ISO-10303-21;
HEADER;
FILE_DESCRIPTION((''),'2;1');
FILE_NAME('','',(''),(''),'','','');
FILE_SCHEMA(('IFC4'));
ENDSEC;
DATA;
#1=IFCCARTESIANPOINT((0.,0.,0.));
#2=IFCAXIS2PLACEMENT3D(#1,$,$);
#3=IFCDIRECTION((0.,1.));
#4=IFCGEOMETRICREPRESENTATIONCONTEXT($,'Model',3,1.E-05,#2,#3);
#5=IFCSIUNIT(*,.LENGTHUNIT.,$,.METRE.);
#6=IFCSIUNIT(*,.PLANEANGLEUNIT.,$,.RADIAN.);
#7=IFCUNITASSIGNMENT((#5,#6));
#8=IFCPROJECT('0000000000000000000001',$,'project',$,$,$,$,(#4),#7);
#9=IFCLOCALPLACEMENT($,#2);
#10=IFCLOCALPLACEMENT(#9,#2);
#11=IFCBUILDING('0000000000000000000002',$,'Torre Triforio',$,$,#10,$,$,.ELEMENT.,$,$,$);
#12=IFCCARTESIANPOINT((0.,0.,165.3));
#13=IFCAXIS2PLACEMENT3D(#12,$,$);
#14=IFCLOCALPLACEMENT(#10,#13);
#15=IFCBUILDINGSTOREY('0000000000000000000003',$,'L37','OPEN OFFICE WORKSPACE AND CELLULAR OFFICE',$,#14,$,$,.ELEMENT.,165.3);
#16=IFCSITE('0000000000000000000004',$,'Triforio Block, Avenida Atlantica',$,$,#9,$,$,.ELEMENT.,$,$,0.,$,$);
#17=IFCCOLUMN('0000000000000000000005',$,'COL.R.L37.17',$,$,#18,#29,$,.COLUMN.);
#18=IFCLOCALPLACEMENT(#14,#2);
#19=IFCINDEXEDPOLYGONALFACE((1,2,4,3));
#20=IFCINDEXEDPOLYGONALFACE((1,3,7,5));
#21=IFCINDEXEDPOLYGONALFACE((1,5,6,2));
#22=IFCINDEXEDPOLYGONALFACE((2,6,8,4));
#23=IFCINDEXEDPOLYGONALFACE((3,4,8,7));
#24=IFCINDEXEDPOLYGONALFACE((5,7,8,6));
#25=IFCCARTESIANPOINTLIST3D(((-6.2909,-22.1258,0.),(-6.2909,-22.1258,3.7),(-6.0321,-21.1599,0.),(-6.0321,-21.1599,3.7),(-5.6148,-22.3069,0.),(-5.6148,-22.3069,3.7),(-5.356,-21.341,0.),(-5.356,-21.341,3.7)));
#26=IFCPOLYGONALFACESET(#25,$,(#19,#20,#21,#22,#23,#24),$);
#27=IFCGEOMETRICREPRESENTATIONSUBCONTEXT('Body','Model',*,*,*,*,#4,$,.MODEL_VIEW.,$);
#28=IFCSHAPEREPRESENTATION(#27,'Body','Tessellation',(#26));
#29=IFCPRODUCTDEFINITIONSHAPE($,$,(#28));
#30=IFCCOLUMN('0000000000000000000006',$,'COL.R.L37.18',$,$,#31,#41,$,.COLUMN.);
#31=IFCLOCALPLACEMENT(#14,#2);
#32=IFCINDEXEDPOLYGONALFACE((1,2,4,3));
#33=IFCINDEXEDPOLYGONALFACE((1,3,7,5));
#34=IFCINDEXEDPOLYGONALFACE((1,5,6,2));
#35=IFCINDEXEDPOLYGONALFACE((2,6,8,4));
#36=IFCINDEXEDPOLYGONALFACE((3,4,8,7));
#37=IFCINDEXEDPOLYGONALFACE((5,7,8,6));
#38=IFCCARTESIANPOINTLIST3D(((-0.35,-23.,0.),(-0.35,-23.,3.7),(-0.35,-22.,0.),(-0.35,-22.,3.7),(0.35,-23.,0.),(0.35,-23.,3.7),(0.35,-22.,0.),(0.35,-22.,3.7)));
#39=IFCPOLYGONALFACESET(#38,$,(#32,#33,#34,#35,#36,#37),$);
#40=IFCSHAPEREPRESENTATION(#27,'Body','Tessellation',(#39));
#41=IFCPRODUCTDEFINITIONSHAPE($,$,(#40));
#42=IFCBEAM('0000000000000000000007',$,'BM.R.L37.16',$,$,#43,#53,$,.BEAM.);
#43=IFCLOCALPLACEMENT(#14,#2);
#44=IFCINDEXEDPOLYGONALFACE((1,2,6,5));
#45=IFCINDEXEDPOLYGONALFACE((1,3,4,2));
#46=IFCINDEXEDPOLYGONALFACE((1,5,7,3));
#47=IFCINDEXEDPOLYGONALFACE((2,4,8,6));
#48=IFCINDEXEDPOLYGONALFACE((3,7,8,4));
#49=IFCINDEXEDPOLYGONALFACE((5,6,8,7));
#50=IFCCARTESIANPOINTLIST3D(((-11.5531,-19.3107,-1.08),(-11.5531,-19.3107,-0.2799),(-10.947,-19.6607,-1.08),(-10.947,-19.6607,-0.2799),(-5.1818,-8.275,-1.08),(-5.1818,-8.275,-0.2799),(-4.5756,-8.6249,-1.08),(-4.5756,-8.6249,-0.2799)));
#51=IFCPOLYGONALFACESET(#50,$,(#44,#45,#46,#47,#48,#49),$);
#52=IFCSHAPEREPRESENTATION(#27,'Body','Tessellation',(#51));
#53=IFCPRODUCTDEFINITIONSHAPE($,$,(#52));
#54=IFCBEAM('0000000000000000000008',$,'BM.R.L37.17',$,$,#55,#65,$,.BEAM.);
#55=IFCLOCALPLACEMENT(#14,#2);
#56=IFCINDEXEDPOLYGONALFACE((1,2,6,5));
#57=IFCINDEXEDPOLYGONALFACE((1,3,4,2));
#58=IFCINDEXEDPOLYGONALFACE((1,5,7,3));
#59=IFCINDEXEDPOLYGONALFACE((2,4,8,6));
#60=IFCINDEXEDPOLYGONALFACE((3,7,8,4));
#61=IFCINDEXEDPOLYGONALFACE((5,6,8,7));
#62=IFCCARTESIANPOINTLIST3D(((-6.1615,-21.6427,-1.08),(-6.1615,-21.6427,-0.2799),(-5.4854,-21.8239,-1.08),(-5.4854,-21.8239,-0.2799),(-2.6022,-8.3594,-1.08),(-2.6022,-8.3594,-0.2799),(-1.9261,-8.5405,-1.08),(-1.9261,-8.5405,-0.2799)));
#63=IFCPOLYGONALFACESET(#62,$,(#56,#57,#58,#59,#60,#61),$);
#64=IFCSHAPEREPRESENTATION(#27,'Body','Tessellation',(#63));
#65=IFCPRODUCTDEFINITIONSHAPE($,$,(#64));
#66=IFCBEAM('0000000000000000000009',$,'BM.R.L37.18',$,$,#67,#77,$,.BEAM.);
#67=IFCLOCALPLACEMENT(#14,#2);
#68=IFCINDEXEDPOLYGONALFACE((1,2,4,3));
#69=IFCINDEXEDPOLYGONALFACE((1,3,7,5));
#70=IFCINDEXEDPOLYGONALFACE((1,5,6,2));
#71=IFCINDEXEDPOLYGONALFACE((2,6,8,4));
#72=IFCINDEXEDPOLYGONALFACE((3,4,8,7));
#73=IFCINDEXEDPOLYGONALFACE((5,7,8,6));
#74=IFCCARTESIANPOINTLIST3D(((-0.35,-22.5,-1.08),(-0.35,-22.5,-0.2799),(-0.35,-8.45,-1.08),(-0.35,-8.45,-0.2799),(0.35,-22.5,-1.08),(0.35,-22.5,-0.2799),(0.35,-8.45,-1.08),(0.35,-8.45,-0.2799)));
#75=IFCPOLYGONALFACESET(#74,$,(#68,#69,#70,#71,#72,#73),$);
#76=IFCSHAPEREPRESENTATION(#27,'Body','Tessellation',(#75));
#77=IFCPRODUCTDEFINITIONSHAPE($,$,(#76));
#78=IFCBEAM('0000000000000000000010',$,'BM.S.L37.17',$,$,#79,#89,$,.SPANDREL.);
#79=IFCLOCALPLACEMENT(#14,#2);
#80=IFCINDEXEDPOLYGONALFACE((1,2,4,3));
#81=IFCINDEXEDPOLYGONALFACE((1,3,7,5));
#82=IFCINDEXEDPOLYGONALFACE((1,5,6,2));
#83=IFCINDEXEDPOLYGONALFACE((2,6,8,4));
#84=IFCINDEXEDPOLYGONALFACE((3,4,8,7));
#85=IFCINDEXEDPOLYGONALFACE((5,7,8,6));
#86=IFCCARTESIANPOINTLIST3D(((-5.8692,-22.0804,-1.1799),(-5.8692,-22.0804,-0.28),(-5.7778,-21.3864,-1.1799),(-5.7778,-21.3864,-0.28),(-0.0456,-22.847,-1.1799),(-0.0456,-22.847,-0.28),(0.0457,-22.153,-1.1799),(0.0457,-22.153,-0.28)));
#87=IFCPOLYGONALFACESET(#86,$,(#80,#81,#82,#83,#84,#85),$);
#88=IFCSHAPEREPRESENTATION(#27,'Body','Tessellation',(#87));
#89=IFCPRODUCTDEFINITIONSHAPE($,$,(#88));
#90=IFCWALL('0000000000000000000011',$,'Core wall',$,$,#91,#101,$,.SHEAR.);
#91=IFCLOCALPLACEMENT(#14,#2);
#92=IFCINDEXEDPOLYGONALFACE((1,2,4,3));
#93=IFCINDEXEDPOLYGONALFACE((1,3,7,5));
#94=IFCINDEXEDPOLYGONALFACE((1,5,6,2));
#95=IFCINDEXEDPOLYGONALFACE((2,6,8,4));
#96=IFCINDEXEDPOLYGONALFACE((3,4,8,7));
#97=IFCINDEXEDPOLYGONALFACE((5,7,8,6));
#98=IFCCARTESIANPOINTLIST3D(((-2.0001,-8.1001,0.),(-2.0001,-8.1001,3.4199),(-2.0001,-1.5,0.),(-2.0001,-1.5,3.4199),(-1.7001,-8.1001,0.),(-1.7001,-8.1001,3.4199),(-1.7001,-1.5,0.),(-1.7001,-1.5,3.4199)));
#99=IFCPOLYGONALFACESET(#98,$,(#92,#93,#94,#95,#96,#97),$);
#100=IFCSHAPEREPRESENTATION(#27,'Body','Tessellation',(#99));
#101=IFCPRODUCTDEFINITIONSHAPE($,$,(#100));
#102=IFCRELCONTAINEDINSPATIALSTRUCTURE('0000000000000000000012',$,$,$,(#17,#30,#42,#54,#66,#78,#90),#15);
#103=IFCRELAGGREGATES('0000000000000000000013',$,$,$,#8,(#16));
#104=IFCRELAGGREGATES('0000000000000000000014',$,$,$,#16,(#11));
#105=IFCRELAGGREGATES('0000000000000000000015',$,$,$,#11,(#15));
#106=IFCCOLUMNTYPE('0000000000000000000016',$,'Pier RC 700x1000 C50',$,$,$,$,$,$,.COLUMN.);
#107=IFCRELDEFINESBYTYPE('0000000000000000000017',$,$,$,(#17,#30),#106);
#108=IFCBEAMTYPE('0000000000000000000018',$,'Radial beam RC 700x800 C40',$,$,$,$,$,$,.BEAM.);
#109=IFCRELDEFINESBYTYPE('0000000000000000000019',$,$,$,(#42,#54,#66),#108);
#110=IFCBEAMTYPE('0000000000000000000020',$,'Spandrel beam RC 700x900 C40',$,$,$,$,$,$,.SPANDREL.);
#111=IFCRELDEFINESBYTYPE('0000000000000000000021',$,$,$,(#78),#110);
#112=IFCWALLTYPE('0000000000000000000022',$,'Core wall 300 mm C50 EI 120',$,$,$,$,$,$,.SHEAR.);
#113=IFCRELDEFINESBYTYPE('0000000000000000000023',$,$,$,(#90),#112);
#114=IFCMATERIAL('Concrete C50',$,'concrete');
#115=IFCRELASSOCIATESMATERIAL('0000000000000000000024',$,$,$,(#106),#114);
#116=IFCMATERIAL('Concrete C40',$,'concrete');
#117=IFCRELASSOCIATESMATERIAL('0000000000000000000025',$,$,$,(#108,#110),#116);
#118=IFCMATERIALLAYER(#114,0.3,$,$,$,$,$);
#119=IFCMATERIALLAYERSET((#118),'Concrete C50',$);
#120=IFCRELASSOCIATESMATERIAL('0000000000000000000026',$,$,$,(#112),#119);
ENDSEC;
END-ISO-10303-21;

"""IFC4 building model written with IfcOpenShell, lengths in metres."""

from ifc_helpers import new_model, si_unit, direction, frame, frame_2d, origin, origin_2d, place, context, subcontext, project, spatial, rectangle, extrude, material, layer, layer_set, material_profile, profile_set, type_object, element, save


model = new_model("IFC4")

# Units and contexts
model_context = context("Model", 3, precision=1e-05, world=origin(), true_north=direction((0.0, 1.0)))
body_context = subcontext(model_context, "Body", "Model", "MODEL_VIEW")
ifc_project = project(units=[si_unit("LENGTHUNIT", "METRE"), si_unit("PLANEANGLEUNIT", "RADIAN")], contexts=[model_context])

# Site, building, storey
site_placement = place(None, origin())
site = spatial("IfcSite", under=ifc_project, at=site_placement, Name="Triforio Block, Avenida Atlantica", CompositionType="ELEMENT", RefElevation=0.0)
building_placement = place(site_placement, origin())
building = spatial("IfcBuilding", under=site, at=building_placement, Name="Torre Triforio", CompositionType="ELEMENT")
storey_placement = place(building_placement, frame((0.0, 0.0, 165.3)))
storey = spatial("IfcBuildingStorey", under=building, at=storey_placement, Name="L37", Description="OPEN OFFICE WORKSPACE AND CELLULAR OFFICE", CompositionType="ELEMENT", Elevation=165.3)

# Columns
ifc_material_1 = material(Name="Concrete C50", Category="concrete")
ifc_material_profile_1 = material_profile(ifc_material_1, rectangle(XDim=0.7, YDim=1.0, at=origin_2d()), Name="RC 700x1000")
ifc_profile_set_1 = profile_set([ifc_material_profile_1], Name="Concrete C50")
column_type = type_object("IfcColumnType", Name="Pier RC 700x1000 C50", PredefinedType="COLUMN", material=ifc_profile_set_1)
for number, where, z_axis, x_axis, name in (
    (1, (-5.8235, -21.7334, 0.0), (0.0, 0.0, 1.0), (0.965926, -0.258819, 0.0), "COL.R.L37.17"),
    (2, (0.0, -22.5, 0.0), (0.0, 0.0, 1.0), (1.0, 0.0, 0.0), "COL.R.L37.18"),
):
    element("IfcColumn", number, at=place(storey_placement, frame(where, z_axis=z_axis, x_axis=x_axis)), inside=storey, type_object=column_type, Name=name, PredefinedType="COLUMN", context=body_context, shape_type="SweptSolid", body=[
        extrude(rectangle(XDim=0.7, YDim=1.0, at=origin_2d()), origin(), (0.0, 0.0, 1.0), 3.7),
    ])

# Beams
ifc_material_2 = material(Name="Concrete C40", Category="concrete")
ifc_material_profile_2 = material_profile(ifc_material_2, rectangle(XDim=0.7, YDim=0.8, at=origin_2d()), Name="RC 700x800")
ifc_profile_set_2 = profile_set([ifc_material_profile_2], Name="Concrete C40")
beam_type_1 = type_object("IfcBeamType", Name="Radial beam RC 700x800 C40", PredefinedType="BEAM", material=ifc_profile_set_2)
beam_1_placement = place(storey_placement, frame((-4.8787, -8.45, -0.6799), z_axis=(-0.499994, -0.866029, 0.0), x_axis=(0.866029, -0.499994, 0.0)))
element("IfcBeam", 3, at=beam_1_placement, inside=storey, type_object=beam_type_1, Name="BM.R.L37.16", PredefinedType="BEAM", context=body_context, shape_type="SweptSolid", body=[
    extrude(rectangle(XDim=0.7, YDim=0.8, at=origin_2d()), origin(), (0.0, 0.0, 1.0), 12.7429),
])
beam_2_placement = place(storey_placement, frame((-2.2642, -8.45, -0.6799), z_axis=(-0.258822, -0.965925, 0.0), x_axis=(0.965925, -0.258822, 0.0)))
element("IfcBeam", 4, at=beam_2_placement, inside=storey, type_object=beam_type_1, Name="BM.R.L37.17", PredefinedType="BEAM", context=body_context, shape_type="SweptSolid", body=[
    extrude(rectangle(XDim=0.7, YDim=0.8, at=origin_2d()), origin(), (0.0, 0.0, 1.0), 13.752),
])
beam_3_placement = place(storey_placement, frame((0.0, -8.45, -0.6799), z_axis=(0.0, -1.0, 0.0), x_axis=(1.0, 0.0, 0.0)))
element("IfcBeam", 5, at=beam_3_placement, inside=storey, type_object=beam_type_1, Name="BM.R.L37.18", PredefinedType="BEAM", context=body_context, shape_type="SweptSolid", body=[
    extrude(rectangle(XDim=0.7, YDim=0.8, at=origin_2d()), origin(), (0.0, 0.0, 1.0), 14.05),
])
ifc_material_profile_3 = material_profile(ifc_material_2, rectangle(XDim=0.7, YDim=0.8999, at=origin_2d()), Name="RC 700x900")
ifc_profile_set_3 = profile_set([ifc_material_profile_3], Name="Concrete C40")
beam_type_2 = type_object("IfcBeamType", Name="Spandrel beam RC 700x900 C40", PredefinedType="SPANDREL", material=ifc_profile_set_3)
beam_4_placement = place(storey_placement, frame((-5.8235, -21.7334, -0.73), z_axis=(0.991447, -0.130514, 0.0), x_axis=(0.130514, 0.991447, 0.0)))
element("IfcBeam", 6, at=beam_4_placement, inside=storey, type_object=beam_type_2, Name="BM.S.L37.17", PredefinedType="SPANDREL", context=body_context, shape_type="SweptSolid", body=[
    extrude(rectangle(XDim=0.7, YDim=0.8999, at=origin_2d()), origin(), (0.0, 0.0, 1.0), 5.8738),
])

# Wall
ifc_layer_1 = layer(ifc_material_1, 0.3)
ifc_layer_set_1 = layer_set([ifc_layer_1], Name="Concrete C50")
wall_type_1 = type_object("IfcWallType", Name="Core wall 300 mm C50 EI 120", PredefinedType="SHEAR", material=ifc_layer_set_1)
wall_1_placement = place(storey_placement, frame((-1.8501, -8.1001, 0.0), z_axis=(0.0, 0.0, 1.0), x_axis=(0.0, 1.0, 0.0)))
element("IfcWall", 7, at=wall_1_placement, inside=storey, type_object=wall_type_1, Name="Core wall", PredefinedType="SHEAR", context=body_context, shape_type="SweptSolid", body=[
    extrude(rectangle(XDim=6.6001, YDim=0.3, at=frame_2d((3.3, 0.0))), origin(), (0.0, 0.0, 1.0), 3.4199),
])

save(model, "model.ifc")
